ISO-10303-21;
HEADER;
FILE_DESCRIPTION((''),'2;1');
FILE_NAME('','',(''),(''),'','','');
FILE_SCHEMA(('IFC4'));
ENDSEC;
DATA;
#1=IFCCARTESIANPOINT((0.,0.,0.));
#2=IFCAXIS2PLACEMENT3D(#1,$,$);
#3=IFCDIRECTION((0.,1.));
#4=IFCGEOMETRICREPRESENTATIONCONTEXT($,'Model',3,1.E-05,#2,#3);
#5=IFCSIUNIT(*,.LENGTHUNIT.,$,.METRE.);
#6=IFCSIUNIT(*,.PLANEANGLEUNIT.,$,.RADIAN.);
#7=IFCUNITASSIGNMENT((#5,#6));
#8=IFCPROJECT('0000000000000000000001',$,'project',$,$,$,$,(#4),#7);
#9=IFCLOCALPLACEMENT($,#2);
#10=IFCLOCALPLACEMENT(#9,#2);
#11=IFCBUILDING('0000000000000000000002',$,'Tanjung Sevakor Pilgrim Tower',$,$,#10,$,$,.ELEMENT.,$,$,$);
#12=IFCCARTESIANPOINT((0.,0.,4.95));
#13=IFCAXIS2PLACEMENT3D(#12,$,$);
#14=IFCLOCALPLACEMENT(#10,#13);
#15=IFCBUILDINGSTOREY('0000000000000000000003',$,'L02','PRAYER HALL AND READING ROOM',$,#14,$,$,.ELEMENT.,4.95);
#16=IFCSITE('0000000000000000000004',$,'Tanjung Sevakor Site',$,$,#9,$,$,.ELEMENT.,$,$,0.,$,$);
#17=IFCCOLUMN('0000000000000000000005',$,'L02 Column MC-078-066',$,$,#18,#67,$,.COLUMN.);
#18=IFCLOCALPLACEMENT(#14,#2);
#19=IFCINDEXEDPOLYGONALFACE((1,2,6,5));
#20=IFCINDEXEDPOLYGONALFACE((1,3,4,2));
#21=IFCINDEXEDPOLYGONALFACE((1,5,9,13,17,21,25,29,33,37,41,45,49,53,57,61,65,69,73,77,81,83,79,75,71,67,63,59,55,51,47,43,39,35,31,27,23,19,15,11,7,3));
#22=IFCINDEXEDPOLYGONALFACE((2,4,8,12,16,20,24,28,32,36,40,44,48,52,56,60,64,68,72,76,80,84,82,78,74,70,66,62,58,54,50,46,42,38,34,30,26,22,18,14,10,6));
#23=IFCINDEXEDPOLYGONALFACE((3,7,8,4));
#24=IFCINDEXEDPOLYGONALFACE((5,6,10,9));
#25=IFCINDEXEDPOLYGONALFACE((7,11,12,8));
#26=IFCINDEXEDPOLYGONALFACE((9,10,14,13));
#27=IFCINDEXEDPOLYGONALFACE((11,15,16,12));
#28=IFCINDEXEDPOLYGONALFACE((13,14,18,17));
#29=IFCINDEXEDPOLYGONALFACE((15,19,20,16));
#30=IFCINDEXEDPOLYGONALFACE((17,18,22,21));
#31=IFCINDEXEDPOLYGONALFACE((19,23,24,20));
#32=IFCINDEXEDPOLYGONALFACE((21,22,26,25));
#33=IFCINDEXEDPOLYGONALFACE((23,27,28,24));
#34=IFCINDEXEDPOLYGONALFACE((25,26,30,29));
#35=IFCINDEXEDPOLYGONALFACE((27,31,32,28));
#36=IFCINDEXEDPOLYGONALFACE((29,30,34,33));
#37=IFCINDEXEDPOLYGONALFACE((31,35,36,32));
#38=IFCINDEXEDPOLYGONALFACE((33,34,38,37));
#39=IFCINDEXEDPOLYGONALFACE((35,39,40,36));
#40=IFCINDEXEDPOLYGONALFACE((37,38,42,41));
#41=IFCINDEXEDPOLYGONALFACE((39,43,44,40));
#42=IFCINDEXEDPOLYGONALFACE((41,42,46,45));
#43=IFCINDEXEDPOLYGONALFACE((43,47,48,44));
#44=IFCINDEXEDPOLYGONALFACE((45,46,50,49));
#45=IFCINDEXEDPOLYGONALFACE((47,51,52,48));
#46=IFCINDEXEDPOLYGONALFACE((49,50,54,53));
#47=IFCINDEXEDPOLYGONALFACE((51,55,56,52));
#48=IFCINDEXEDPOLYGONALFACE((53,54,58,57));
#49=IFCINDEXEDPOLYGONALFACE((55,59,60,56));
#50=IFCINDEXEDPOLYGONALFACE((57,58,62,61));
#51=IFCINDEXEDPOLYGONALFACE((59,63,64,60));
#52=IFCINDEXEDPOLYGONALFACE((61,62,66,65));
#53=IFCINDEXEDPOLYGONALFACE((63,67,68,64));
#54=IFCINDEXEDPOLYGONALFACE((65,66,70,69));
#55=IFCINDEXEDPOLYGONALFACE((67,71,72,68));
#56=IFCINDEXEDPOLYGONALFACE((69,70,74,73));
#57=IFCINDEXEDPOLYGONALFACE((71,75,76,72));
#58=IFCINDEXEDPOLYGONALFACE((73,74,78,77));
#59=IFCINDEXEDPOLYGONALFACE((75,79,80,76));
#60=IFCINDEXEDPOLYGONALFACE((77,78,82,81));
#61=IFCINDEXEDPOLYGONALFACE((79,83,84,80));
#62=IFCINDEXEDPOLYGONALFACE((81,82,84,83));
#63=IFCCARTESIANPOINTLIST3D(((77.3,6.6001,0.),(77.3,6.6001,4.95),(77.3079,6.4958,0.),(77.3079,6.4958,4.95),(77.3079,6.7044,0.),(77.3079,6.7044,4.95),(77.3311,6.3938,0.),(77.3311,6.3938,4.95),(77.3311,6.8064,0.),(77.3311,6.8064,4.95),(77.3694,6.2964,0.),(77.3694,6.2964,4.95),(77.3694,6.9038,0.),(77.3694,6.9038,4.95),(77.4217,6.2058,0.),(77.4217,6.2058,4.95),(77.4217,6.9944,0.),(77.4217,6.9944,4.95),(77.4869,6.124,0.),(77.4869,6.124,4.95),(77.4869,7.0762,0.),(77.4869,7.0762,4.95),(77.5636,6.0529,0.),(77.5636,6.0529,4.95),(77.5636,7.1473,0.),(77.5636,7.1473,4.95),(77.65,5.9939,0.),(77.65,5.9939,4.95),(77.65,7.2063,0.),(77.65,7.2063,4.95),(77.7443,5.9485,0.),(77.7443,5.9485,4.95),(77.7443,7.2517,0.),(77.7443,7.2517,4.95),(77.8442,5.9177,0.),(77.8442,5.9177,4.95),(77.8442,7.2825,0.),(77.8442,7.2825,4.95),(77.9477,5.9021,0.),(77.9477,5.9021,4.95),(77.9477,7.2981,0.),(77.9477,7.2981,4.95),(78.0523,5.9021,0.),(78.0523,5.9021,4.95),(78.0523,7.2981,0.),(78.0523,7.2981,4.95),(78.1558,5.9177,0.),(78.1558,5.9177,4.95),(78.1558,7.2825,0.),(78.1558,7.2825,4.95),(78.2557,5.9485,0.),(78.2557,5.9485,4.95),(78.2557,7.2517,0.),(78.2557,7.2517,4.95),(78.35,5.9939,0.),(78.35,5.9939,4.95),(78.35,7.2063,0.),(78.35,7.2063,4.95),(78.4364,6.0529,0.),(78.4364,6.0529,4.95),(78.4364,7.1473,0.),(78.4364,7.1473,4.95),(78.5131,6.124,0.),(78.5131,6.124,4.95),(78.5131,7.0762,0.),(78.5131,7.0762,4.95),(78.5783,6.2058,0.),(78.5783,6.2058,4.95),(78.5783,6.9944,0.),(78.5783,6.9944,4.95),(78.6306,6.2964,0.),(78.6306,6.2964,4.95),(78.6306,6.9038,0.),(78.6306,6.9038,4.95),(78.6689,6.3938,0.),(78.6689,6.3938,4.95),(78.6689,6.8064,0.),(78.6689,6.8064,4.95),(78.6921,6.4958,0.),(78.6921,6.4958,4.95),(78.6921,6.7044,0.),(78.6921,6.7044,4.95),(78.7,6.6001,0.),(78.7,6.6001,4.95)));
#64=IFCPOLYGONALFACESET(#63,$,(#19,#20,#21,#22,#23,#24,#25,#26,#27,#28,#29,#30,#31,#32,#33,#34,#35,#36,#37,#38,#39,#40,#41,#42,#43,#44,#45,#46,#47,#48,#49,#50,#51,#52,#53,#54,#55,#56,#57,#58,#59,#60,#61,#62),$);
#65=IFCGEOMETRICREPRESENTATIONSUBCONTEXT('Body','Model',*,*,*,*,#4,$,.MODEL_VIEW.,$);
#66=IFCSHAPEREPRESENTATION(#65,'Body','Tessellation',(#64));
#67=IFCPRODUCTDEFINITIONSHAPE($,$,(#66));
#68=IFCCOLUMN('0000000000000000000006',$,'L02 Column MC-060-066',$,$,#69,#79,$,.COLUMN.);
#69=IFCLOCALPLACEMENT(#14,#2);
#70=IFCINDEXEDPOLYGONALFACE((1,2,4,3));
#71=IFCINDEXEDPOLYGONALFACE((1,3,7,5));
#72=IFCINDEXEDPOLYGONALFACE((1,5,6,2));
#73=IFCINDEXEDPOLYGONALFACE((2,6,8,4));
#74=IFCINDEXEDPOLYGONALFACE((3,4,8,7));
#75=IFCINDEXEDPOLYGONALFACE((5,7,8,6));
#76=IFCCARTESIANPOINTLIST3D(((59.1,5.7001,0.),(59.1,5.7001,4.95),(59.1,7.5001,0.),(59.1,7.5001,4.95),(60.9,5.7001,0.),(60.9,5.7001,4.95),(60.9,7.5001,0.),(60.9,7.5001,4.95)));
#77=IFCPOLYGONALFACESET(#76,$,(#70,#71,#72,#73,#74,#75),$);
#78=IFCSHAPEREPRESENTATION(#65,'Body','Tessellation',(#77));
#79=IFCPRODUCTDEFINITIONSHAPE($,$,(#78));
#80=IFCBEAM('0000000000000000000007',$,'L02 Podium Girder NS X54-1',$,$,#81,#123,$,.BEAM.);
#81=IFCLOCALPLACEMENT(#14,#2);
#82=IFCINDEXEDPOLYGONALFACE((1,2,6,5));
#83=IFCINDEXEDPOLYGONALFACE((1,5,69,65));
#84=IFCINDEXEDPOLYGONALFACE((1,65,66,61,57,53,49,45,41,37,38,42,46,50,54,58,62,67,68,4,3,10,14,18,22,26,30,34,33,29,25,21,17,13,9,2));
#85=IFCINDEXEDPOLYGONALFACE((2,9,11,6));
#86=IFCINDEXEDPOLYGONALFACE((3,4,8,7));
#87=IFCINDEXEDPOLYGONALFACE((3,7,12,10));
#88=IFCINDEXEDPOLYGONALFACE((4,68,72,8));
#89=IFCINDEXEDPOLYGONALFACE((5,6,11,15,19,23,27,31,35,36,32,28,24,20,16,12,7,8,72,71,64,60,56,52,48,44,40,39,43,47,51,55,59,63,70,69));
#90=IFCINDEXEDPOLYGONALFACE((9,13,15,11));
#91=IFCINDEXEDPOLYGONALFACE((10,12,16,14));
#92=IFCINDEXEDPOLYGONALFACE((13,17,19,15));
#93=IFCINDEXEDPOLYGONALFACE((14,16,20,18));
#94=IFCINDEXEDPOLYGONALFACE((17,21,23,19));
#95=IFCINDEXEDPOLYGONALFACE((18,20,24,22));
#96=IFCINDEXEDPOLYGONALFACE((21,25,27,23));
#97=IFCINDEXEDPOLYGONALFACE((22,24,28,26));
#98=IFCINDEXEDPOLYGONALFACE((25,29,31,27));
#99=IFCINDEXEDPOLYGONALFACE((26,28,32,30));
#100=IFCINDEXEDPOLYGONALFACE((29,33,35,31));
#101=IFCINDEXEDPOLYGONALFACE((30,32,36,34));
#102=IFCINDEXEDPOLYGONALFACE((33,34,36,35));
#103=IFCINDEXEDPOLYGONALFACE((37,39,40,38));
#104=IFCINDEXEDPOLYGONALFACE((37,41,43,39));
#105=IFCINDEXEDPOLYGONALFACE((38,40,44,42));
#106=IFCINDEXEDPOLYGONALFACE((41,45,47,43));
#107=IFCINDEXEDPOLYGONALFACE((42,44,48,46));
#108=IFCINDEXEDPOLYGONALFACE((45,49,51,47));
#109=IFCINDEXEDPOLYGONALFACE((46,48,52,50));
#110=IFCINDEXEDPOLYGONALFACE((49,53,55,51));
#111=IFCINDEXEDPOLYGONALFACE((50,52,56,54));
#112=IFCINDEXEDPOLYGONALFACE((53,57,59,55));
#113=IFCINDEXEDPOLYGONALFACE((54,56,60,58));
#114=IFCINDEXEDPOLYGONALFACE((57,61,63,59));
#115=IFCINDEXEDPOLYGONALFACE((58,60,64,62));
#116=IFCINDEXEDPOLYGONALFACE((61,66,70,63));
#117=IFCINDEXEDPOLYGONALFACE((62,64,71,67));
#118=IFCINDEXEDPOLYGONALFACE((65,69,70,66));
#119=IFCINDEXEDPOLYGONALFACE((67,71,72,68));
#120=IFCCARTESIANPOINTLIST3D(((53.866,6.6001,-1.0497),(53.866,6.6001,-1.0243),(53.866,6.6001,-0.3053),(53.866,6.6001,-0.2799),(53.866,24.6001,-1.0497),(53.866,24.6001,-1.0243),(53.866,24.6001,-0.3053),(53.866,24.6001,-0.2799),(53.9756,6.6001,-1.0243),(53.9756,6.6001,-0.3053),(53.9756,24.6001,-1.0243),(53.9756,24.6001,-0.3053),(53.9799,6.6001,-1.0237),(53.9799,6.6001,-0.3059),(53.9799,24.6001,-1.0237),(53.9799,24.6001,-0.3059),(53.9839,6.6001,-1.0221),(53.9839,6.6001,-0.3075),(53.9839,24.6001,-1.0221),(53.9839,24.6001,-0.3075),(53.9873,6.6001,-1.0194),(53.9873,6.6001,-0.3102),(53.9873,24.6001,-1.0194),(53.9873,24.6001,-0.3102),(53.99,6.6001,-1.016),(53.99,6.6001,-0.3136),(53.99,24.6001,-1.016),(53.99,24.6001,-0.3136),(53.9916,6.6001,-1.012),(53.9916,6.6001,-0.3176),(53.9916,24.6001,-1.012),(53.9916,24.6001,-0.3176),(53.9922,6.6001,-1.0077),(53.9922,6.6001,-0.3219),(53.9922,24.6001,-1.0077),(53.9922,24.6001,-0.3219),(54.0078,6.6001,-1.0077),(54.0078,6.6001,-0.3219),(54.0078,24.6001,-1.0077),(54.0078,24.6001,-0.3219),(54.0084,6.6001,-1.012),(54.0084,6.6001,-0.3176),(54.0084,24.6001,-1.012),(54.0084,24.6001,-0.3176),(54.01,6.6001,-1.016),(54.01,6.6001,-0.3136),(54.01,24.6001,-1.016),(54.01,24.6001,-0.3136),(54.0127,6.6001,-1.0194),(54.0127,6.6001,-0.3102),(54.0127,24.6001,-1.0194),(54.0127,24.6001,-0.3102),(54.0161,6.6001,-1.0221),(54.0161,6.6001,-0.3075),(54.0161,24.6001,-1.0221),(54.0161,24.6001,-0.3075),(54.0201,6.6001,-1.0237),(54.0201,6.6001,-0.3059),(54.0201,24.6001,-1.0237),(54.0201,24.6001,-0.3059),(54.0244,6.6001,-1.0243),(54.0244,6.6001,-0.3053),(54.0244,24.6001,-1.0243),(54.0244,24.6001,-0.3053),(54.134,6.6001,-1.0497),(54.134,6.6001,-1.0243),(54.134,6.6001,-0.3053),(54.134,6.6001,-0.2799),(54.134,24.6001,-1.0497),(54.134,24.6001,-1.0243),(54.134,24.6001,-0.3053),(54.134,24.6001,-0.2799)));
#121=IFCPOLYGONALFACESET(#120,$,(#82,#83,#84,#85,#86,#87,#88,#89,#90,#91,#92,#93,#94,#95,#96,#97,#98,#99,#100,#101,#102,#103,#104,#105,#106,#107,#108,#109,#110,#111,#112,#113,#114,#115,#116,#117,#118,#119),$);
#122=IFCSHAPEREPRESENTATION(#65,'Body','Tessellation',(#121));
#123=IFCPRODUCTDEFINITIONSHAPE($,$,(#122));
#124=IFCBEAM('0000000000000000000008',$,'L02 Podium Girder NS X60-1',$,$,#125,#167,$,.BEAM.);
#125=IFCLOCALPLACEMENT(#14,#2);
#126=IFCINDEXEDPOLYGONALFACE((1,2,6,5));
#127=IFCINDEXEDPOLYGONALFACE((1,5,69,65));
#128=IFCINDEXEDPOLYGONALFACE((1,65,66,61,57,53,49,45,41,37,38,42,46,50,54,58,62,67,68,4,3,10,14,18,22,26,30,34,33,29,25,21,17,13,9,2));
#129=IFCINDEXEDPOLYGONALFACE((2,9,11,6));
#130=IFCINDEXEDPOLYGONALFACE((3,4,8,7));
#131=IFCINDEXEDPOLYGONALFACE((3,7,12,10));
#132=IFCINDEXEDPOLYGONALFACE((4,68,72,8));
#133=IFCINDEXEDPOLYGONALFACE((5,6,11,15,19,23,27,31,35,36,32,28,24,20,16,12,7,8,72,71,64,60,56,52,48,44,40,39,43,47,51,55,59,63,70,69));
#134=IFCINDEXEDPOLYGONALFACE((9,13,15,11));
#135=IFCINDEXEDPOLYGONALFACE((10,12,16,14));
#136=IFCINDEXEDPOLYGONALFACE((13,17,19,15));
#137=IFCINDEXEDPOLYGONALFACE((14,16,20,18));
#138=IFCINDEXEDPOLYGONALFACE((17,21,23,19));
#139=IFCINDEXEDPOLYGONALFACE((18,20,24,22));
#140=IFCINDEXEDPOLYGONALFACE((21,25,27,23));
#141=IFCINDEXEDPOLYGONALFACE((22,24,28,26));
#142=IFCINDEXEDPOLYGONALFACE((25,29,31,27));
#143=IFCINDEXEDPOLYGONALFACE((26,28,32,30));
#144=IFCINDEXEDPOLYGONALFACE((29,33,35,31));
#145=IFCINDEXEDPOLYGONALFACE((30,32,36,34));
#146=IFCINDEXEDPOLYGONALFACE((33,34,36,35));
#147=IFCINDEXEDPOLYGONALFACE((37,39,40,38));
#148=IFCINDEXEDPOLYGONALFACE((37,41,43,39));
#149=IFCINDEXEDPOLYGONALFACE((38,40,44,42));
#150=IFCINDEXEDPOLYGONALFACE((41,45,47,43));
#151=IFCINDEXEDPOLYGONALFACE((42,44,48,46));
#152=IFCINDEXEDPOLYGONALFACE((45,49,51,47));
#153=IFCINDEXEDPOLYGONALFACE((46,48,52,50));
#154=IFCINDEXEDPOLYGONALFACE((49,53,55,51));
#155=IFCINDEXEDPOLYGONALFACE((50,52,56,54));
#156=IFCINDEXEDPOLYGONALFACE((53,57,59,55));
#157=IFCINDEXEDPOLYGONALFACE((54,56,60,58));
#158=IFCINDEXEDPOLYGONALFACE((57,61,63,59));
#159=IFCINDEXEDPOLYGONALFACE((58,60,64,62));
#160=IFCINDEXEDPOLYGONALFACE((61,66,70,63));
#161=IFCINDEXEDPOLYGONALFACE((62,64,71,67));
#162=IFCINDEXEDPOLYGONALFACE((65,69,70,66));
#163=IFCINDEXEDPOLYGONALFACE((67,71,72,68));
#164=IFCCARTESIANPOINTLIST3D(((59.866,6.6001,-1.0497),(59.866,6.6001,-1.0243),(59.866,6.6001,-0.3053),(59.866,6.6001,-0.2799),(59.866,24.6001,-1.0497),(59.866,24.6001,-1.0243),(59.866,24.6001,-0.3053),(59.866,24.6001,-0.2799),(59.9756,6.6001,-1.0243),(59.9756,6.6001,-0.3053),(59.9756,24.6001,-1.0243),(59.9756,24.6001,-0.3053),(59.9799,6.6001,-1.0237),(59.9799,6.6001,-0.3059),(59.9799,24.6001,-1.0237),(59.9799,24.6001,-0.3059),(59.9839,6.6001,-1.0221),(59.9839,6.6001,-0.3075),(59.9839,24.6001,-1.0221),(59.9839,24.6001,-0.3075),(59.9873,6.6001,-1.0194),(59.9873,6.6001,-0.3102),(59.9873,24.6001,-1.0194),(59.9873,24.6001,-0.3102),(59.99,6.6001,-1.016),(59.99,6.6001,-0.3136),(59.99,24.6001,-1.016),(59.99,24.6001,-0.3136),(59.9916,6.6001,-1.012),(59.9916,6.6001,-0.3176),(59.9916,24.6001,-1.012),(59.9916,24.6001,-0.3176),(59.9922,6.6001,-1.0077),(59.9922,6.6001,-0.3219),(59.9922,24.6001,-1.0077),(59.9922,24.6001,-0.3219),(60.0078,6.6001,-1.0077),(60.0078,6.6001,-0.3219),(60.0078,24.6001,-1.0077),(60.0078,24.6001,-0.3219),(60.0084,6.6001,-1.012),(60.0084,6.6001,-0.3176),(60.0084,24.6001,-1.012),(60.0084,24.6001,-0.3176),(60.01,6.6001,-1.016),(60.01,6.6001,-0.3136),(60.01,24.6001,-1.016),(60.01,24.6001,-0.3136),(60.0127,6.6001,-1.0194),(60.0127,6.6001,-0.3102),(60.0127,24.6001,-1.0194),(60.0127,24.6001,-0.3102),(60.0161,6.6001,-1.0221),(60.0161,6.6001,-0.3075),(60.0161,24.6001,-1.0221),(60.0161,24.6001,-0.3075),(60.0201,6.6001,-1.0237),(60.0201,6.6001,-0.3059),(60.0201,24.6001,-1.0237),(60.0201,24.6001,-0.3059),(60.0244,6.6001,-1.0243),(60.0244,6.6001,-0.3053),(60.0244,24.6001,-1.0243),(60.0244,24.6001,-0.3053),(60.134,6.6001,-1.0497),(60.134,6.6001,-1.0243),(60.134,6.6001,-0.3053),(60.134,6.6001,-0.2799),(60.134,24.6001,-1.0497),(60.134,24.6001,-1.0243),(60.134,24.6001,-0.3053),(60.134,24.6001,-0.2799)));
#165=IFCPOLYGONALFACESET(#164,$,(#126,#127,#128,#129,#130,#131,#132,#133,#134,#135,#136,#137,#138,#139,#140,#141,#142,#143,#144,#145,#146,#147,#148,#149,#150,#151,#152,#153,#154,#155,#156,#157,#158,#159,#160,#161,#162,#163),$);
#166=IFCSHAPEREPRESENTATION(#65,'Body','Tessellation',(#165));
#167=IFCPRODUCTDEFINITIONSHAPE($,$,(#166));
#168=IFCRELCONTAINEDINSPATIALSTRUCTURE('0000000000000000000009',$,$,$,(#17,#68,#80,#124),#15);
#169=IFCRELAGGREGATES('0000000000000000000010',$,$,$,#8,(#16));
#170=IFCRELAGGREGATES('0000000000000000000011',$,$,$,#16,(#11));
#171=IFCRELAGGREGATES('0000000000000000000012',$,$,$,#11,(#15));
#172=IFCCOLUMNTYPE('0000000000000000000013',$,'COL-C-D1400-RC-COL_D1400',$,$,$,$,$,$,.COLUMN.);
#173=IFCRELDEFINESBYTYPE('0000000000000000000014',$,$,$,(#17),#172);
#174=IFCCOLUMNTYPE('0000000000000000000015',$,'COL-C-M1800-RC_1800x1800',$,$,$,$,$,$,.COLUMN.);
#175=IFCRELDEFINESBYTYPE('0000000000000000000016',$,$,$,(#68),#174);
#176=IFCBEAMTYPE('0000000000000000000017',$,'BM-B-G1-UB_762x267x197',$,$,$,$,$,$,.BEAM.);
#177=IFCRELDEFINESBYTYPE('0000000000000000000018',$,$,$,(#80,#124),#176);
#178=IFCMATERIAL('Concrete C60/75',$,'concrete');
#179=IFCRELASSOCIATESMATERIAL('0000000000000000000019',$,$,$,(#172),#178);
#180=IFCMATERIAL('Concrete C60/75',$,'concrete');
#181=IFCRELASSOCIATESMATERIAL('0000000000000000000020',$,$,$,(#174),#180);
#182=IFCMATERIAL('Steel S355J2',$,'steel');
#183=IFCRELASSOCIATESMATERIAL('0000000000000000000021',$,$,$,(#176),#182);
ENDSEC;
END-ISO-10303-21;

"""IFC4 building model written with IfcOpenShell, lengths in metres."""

from ifc_helpers import new_model, si_unit, direction, frame, origin, origin_2d, place, context, subcontext, project, spatial, rectangle, circle, i_section, extrude, material, material_profile, profile_set, type_object, element, save


model = new_model("IFC4")

# Units and contexts
model_context = context("Model", 3, precision=1e-05, world=origin(), true_north=direction((0.0, 1.0)))
body_context = subcontext(model_context, "Body", "Model", "MODEL_VIEW")
ifc_project = project(units=[si_unit("LENGTHUNIT", "METRE"), si_unit("PLANEANGLEUNIT", "RADIAN")], contexts=[model_context])

# Site, building, storey
site_placement = place(None, origin())
site = spatial("IfcSite", under=ifc_project, at=site_placement, Name="Tanjung Sevakor Site", CompositionType="ELEMENT", RefElevation=0.0)
building_placement = place(site_placement, origin())
building = spatial("IfcBuilding", under=site, at=building_placement, Name="Tanjung Sevakor Pilgrim Tower", CompositionType="ELEMENT")
storey_placement = place(building_placement, frame((0.0, 0.0, 4.95)))
storey = spatial("IfcBuildingStorey", under=building, at=storey_placement, Name="L02", Description="PRAYER HALL AND READING ROOM", CompositionType="ELEMENT", Elevation=4.95)

# Columns
ifc_material_1 = material(Name="Concrete C60/75", Category="concrete")
ifc_material_profile_1 = material_profile(ifc_material_1, circle(Radius=0.7, at=origin_2d()))
ifc_profile_set_1 = profile_set([ifc_material_profile_1], Name="Concrete C60/75")
column_type_1 = type_object("IfcColumnType", Name="COL-C-D1400-RC-COL_D1400", PredefinedType="COLUMN", material=ifc_profile_set_1)
column_1_placement = place(storey_placement, frame((78.0, 6.6001, 0.0), z_axis=(0.0, 0.0, 1.0), x_axis=(1.0, 0.0, 0.0)))
element("IfcColumn", 1, at=column_1_placement, inside=storey, type_object=column_type_1, Name="L02 Column MC-078-066", PredefinedType="COLUMN", context=body_context, shape_type="SweptSolid", body=[
    extrude(circle(Radius=0.7, at=origin_2d()), origin(), (0.0, 0.0, 1.0), 4.95),
])
ifc_material_2 = material(Name="Concrete C60/75", Category="concrete")
ifc_material_profile_2 = material_profile(ifc_material_2, rectangle(XDim=1.8, YDim=1.8, at=origin_2d()))
ifc_profile_set_2 = profile_set([ifc_material_profile_2], Name="Concrete C60/75")
column_type_2 = type_object("IfcColumnType", Name="COL-C-M1800-RC_1800x1800", PredefinedType="COLUMN", material=ifc_profile_set_2)
column_2_placement = place(storey_placement, frame((60.0, 6.6001, 0.0), z_axis=(0.0, 0.0, 1.0), x_axis=(1.0, 0.0, 0.0)))
element("IfcColumn", 2, at=column_2_placement, inside=storey, type_object=column_type_2, Name="L02 Column MC-060-066", PredefinedType="COLUMN", context=body_context, shape_type="SweptSolid", body=[
    extrude(rectangle(XDim=1.8, YDim=1.8, at=origin_2d()), origin(), (0.0, 0.0, 1.0), 4.95),
])

# Beams
ifc_material_3 = material(Name="Steel S355J2", Category="steel")
ifc_material_profile_3 = material_profile(ifc_material_3, i_section(OverallWidth=0.2681, OverallDepth=0.7698, WebThickness=0.0156, FlangeThickness=0.0254, FilletRadius=0.0166, at=origin_2d()))
ifc_profile_set_3 = profile_set([ifc_material_profile_3], Name="Steel S355J2")
beam_type_1 = type_object("IfcBeamType", Name="BM-B-G1-UB_762x267x197", PredefinedType="BEAM", material=ifc_profile_set_3)
for number, where, z_axis, x_axis, name in (
    (3, (54.0, 6.6001, -0.6648), (0.0, 1.0, 0.0), (-1.0, 0.0, 0.0), "L02 Podium Girder NS X54-1"),
    (4, (60.0, 6.6001, -0.6648), (0.0, 1.0, 0.0), (-1.0, 0.0, 0.0), "L02 Podium Girder NS X60-1"),
):
    element("IfcBeam", number, at=place(storey_placement, frame(where, z_axis=z_axis, x_axis=x_axis)), inside=storey, type_object=beam_type_1, Name=name, PredefinedType="BEAM", context=body_context, shape_type="SweptSolid", body=[
        extrude(i_section(OverallWidth=0.2681, OverallDepth=0.7698, WebThickness=0.0156, FlangeThickness=0.0254, FilletRadius=0.0166, at=origin_2d()), origin(), (0.0, 0.0, 1.0), 18.0),
    ])

save(model, "model.ifc")
